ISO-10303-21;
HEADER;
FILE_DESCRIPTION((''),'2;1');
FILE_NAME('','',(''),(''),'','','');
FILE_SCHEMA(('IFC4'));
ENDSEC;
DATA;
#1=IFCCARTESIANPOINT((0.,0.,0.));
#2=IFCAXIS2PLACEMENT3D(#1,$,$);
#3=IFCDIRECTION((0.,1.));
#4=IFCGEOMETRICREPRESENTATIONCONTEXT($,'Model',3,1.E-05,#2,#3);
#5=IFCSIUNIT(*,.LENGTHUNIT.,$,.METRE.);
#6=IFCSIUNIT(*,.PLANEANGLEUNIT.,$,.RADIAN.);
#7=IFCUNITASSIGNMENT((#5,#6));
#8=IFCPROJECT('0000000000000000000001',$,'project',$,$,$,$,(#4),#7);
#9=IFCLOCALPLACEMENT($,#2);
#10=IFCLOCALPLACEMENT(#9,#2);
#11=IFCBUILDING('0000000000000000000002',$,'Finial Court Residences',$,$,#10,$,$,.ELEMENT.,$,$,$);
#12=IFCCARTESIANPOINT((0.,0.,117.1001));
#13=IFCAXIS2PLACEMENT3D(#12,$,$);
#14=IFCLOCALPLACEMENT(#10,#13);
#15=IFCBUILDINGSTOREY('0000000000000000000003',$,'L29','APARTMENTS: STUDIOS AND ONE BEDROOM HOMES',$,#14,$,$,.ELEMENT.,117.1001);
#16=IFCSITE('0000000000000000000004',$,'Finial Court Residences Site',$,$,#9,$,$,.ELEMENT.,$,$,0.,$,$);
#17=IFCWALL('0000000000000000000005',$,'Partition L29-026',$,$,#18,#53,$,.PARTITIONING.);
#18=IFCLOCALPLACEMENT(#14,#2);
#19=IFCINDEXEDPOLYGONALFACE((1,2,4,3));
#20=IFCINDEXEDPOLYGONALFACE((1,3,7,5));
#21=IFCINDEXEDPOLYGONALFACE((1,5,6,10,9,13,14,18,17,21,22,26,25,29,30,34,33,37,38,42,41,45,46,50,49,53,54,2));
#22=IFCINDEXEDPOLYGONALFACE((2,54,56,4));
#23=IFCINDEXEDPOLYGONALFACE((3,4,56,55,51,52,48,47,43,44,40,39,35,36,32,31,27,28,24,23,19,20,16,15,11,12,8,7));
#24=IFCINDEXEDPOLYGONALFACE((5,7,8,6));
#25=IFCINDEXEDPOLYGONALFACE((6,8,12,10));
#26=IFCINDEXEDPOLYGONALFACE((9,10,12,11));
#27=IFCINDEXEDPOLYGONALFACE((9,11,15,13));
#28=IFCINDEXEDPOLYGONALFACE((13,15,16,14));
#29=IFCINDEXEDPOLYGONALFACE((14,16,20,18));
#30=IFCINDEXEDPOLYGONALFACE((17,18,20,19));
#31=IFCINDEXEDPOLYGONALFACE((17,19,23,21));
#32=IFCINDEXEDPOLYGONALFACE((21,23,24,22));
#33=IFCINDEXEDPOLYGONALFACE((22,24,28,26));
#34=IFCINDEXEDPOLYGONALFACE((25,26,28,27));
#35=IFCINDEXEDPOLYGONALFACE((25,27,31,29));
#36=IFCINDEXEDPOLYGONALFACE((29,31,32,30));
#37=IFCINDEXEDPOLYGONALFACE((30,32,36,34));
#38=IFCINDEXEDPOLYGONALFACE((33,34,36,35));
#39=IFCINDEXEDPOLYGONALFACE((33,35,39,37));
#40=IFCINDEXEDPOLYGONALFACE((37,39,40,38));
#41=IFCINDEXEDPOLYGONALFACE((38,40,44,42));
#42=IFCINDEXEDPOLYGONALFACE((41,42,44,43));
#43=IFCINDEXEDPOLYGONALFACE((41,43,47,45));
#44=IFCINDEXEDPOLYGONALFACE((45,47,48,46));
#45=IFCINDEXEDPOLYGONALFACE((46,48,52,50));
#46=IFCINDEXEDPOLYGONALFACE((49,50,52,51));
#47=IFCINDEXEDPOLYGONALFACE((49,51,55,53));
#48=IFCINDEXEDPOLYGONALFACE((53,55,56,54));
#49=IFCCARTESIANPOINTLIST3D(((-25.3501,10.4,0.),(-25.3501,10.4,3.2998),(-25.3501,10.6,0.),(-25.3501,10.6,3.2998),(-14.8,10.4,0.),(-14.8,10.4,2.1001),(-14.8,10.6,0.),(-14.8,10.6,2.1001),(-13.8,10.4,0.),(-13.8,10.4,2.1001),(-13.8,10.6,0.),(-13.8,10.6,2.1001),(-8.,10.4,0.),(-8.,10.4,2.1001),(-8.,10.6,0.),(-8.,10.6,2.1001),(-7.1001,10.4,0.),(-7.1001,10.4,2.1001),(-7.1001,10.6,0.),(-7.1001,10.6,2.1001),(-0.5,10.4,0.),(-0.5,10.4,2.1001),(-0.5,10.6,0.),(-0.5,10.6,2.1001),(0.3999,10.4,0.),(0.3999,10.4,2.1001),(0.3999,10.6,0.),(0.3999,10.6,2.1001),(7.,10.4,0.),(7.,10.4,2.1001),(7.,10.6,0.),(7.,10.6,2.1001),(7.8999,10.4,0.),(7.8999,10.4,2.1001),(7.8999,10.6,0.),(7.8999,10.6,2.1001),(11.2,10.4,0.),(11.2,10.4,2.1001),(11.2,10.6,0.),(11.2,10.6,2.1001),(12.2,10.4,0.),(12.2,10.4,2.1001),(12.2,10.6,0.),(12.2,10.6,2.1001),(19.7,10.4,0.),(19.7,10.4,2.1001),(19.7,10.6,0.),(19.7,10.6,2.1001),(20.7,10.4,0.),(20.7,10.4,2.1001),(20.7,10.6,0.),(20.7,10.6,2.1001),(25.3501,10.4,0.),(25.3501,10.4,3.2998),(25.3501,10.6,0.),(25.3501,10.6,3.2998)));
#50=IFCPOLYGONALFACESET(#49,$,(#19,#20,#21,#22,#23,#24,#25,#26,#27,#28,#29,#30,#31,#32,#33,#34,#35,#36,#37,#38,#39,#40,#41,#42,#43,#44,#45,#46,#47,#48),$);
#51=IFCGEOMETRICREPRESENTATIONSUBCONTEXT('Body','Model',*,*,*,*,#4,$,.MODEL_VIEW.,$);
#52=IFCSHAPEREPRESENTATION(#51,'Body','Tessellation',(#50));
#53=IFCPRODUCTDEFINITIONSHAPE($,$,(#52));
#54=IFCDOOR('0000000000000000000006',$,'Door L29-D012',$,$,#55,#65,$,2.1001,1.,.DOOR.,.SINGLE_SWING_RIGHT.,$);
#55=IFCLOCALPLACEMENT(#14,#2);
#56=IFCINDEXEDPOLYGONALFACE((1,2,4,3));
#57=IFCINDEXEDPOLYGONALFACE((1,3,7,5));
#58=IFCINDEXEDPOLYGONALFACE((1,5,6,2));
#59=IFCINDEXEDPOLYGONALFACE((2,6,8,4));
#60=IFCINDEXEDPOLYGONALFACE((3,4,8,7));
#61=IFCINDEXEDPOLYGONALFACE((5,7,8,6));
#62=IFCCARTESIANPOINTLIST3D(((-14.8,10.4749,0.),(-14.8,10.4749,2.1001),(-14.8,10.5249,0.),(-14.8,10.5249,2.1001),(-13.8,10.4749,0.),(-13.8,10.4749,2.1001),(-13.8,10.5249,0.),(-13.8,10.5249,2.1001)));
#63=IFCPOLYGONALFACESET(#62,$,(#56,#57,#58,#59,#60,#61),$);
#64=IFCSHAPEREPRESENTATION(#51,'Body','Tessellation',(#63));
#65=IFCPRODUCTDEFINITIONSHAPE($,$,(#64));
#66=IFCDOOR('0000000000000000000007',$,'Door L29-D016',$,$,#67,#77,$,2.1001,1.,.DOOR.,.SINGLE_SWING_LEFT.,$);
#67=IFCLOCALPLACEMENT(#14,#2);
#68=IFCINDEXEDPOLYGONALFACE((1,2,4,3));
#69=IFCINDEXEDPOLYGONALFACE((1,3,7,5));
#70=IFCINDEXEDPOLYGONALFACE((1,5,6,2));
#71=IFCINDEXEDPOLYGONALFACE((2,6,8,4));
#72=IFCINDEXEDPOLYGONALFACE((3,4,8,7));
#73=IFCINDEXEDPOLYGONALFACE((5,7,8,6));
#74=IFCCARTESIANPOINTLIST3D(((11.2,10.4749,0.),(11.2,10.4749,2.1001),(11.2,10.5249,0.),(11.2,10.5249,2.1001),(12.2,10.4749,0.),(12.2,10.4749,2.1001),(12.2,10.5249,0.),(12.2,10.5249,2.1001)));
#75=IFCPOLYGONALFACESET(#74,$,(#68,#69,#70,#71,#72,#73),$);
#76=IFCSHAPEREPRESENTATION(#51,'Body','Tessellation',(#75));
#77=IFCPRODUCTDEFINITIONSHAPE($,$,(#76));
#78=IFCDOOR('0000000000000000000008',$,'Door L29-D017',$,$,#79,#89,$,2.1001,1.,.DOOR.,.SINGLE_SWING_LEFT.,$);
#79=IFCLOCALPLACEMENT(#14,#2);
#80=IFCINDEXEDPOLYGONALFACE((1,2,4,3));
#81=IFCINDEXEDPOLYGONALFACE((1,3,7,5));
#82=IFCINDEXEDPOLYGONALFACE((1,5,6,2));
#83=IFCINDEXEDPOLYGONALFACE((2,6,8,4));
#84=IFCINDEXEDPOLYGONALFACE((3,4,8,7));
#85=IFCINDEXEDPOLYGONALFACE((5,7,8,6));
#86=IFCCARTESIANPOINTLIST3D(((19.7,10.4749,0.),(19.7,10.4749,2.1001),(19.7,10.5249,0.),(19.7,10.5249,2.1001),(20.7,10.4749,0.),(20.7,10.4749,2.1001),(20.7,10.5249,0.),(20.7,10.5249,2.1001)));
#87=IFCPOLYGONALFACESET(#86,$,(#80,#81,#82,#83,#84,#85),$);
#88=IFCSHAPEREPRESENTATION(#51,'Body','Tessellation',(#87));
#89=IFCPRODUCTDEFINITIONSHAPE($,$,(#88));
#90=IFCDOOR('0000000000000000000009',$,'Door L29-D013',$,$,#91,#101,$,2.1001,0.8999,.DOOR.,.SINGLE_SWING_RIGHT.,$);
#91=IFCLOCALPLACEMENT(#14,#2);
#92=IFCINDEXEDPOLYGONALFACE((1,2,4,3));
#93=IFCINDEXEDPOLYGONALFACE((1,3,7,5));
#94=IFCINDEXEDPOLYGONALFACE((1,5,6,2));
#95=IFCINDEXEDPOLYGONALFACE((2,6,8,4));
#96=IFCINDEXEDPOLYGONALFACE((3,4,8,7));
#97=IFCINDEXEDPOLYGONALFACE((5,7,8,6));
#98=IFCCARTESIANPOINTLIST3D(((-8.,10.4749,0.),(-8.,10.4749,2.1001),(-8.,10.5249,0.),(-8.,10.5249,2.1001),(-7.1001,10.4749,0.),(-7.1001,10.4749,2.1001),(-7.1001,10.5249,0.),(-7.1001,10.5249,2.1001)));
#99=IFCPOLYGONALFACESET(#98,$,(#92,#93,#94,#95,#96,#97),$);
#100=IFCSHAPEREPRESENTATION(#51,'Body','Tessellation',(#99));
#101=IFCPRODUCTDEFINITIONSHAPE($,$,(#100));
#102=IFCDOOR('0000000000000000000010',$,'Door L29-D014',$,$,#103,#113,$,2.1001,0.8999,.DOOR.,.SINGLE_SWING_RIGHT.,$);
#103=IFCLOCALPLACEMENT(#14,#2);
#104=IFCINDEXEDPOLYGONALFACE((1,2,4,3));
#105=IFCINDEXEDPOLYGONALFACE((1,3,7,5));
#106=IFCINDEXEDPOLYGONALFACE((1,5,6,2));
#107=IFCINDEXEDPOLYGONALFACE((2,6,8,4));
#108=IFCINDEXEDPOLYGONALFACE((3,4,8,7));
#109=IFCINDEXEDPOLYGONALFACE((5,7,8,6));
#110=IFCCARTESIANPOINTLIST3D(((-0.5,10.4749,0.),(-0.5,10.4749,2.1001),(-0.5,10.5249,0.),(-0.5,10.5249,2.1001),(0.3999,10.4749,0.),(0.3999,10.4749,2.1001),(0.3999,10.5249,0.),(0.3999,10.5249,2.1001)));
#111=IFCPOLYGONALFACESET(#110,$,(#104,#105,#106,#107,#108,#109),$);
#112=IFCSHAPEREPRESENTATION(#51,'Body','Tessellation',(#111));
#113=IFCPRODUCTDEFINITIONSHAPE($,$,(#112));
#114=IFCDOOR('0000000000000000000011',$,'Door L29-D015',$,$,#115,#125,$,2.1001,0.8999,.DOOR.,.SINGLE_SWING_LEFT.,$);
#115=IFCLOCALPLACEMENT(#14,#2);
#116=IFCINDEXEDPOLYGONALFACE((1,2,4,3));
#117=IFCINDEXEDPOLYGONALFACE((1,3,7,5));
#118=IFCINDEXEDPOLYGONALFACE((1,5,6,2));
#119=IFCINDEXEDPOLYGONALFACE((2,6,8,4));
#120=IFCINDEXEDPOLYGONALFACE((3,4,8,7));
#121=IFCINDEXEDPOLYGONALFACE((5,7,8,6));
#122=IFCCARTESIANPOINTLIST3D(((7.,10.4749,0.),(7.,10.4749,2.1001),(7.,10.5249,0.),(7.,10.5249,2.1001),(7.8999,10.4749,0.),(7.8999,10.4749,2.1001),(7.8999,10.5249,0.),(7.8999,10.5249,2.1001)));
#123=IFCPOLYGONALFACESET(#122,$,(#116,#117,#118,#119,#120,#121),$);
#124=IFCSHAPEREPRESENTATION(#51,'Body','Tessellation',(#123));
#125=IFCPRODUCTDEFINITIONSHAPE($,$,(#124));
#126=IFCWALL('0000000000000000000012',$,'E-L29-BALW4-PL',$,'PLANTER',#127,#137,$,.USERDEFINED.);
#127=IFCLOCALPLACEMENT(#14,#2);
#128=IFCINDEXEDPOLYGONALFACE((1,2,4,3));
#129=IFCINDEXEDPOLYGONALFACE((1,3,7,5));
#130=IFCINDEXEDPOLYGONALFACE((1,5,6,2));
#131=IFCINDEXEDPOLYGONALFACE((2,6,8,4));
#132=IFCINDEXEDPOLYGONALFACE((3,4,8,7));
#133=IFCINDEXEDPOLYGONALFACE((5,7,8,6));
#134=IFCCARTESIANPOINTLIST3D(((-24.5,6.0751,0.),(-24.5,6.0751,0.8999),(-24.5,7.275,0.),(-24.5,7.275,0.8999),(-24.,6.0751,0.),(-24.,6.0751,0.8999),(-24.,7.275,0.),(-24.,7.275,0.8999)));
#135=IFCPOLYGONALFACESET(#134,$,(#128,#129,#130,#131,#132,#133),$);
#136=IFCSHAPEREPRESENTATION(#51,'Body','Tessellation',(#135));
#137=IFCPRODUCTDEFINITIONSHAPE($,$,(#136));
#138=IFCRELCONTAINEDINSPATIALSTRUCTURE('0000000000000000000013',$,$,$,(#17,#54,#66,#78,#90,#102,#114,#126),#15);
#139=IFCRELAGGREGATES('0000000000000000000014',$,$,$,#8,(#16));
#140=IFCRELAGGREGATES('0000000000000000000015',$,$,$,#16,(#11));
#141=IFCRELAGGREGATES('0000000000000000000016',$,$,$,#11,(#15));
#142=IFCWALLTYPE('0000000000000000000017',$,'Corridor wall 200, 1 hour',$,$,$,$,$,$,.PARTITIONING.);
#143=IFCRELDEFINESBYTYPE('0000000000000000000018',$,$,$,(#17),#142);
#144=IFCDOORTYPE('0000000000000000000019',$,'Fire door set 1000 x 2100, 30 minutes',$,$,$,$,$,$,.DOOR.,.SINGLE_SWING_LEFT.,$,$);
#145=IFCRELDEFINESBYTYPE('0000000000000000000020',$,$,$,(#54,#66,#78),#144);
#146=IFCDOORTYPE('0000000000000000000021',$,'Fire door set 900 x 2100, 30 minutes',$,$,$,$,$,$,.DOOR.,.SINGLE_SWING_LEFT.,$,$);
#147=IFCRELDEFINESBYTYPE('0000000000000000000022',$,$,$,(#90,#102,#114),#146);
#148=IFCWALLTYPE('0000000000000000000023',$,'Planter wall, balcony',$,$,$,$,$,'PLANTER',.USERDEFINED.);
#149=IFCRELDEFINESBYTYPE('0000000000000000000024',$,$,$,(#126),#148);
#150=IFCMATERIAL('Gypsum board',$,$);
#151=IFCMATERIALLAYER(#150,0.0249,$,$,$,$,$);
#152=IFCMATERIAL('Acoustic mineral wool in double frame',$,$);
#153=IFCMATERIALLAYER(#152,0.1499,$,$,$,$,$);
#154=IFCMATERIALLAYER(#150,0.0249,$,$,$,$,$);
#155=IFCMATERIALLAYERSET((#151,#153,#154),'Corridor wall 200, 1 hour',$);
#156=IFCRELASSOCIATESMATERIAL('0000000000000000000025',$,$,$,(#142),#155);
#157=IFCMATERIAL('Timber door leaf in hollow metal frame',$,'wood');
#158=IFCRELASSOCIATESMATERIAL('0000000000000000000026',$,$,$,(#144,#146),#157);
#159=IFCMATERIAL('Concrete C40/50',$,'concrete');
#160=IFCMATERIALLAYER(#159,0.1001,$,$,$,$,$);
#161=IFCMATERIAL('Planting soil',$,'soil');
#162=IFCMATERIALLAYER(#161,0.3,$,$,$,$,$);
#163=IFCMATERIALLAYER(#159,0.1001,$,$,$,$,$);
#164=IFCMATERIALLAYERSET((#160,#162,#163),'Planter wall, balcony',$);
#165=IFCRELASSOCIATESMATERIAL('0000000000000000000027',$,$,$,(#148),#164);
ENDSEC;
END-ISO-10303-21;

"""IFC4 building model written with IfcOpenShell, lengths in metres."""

from ifc_helpers import new_model, si_unit, direction, frame, frame_2d, origin, place, context, subcontext, project, spatial, rectangle, extrude, material, layer, layer_set, type_object, element, fill, save


model = new_model("IFC4")

# Units and contexts
model_context = context("Model", 3, precision=1e-05, world=origin(), true_north=direction((0.0, 1.0)))
body_context = subcontext(model_context, "Body", "Model", "MODEL_VIEW")
ifc_project = project(units=[si_unit("LENGTHUNIT", "METRE"), si_unit("PLANEANGLEUNIT", "RADIAN")], contexts=[model_context])

# Site, building, storey
site_placement = place(None, origin())
site = spatial("IfcSite", under=ifc_project, at=site_placement, Name="Finial Court Residences Site", CompositionType="ELEMENT", RefElevation=0.0)
building_placement = place(site_placement, origin())
building = spatial("IfcBuilding", under=site, at=building_placement, Name="Finial Court Residences", CompositionType="ELEMENT")
storey_placement = place(building_placement, frame((0.0, 0.0, 117.1001)))
storey = spatial("IfcBuildingStorey", under=building, at=storey_placement, Name="L29", Description="APARTMENTS: STUDIOS AND ONE BEDROOM HOMES", CompositionType="ELEMENT", Elevation=117.1001)

# Wall, openings, doors
ifc_material_1 = material(Name="Gypsum board")
ifc_layer_1 = layer(ifc_material_1, 0.0249)
ifc_material_2 = material(Name="Acoustic mineral wool in double frame")
ifc_layer_2 = layer(ifc_material_2, 0.1499)
ifc_layer_3 = layer(ifc_material_1, 0.0249)
ifc_layer_set_1 = layer_set([ifc_layer_1, ifc_layer_2, ifc_layer_3], Name="Corridor wall 200, 1 hour")
wall_type_1 = type_object("IfcWallType", Name="Corridor wall 200, 1 hour", PredefinedType="PARTITIONING", material=ifc_layer_set_1)
wall_1_placement = place(storey_placement, frame((-25.3501, 10.5, 0.0), z_axis=(0.0, 0.0, 1.0), x_axis=(1.0, 0.0, 0.0)))
wall_1 = element("IfcWall", 1, at=wall_1_placement, inside=storey, type_object=wall_type_1, Name="Partition L29-026", PredefinedType="PARTITIONING", context=body_context, shape_type="SweptSolid", body=[
    extrude(rectangle(XDim=50.7002, YDim=0.2, at=frame_2d((25.3501, 0.0))), origin(), (0.0, 0.0, 1.0), 3.2998),
])
opening_1_placement = place(wall_1_placement, frame((10.55, 0.0, 0.0)))
opening_1 = element("IfcOpeningElement", 2, at=opening_1_placement, cuts=wall_1, PredefinedType="OPENING", context=body_context, shape_type="SweptSolid", body=[
    extrude(rectangle(XDim=1.0, YDim=2.1001, at=frame_2d((0.5, 1.05))), frame((0.0, 0.1099, 0.0), z_axis=(0.0, -1.0, 0.0), x_axis=(1.0, 0.0, 0.0)), (0.0, 0.0, 1.0), 0.22),
])
opening_2_placement = place(wall_1_placement, frame((17.3501, 0.0, 0.0)))
opening_2 = element("IfcOpeningElement", 3, at=opening_2_placement, cuts=wall_1, PredefinedType="OPENING", context=body_context, shape_type="SweptSolid", body=[
    extrude(rectangle(XDim=0.8999, YDim=2.1001, at=frame_2d((0.45, 1.05))), frame((0.0, 0.1099, 0.0), z_axis=(0.0, -1.0, 0.0), x_axis=(1.0, 0.0, 0.0)), (0.0, 0.0, 1.0), 0.22),
])
opening_3_placement = place(wall_1_placement, frame((24.8501, 0.0, 0.0)))
opening_3 = element("IfcOpeningElement", 4, at=opening_3_placement, cuts=wall_1, PredefinedType="OPENING", context=body_context, shape_type="SweptSolid", body=[
    extrude(rectangle(XDim=0.8999, YDim=2.1001, at=frame_2d((0.45, 1.05))), frame((0.0, 0.1099, 0.0), z_axis=(0.0, -1.0, 0.0), x_axis=(1.0, 0.0, 0.0)), (0.0, 0.0, 1.0), 0.22),
])
opening_4_placement = place(wall_1_placement, frame((32.3501, 0.0, 0.0)))
opening_4 = element("IfcOpeningElement", 5, at=opening_4_placement, cuts=wall_1, PredefinedType="OPENING", context=body_context, shape_type="SweptSolid", body=[
    extrude(rectangle(XDim=0.8999, YDim=2.1001, at=frame_2d((0.45, 1.05))), frame((0.0, 0.1099, 0.0), z_axis=(0.0, -1.0, 0.0), x_axis=(1.0, 0.0, 0.0)), (0.0, 0.0, 1.0), 0.22),
])
opening_5_placement = place(wall_1_placement, frame((36.55, 0.0, 0.0)))
opening_5 = element("IfcOpeningElement", 6, at=opening_5_placement, cuts=wall_1, PredefinedType="OPENING", context=body_context, shape_type="SweptSolid", body=[
    extrude(rectangle(XDim=1.0, YDim=2.1001, at=frame_2d((0.5, 1.05))), frame((0.0, 0.1099, 0.0), z_axis=(0.0, -1.0, 0.0), x_axis=(1.0, 0.0, 0.0)), (0.0, 0.0, 1.0), 0.22),
])
opening_6_placement = place(wall_1_placement, frame((45.05, 0.0, 0.0)))
opening_6 = element("IfcOpeningElement", 7, at=opening_6_placement, cuts=wall_1, PredefinedType="OPENING", context=body_context, shape_type="SweptSolid", body=[
    extrude(rectangle(XDim=1.0, YDim=2.1001, at=frame_2d((0.5, 1.05))), frame((0.0, 0.1099, 0.0), z_axis=(0.0, -1.0, 0.0), x_axis=(1.0, 0.0, 0.0)), (0.0, 0.0, 1.0), 0.22),
])
ifc_material_3 = material(Name="Timber door leaf in hollow metal frame", Category="wood")
door_type_1 = type_object("IfcDoorType", Name="Fire door set 1000 x 2100, 30 minutes", OperationType="SINGLE_SWING_LEFT", PredefinedType="DOOR", material=ifc_material_3)
door_1_placement = place(opening_1_placement, origin())
door_1 = element("IfcDoor", 8, at=door_1_placement, inside=storey, type_object=door_type_1, Name="Door L29-D012", OperationType="SINGLE_SWING_RIGHT", OverallHeight=2.1001, OverallWidth=1.0, PredefinedType="DOOR", context=body_context, shape_type="SweptSolid", body=[
    extrude(rectangle(XDim=1.0, YDim=2.1001, at=frame_2d((0.5, 1.05))), frame((0.0, 0.0249, 0.0), z_axis=(0.0, -1.0, 0.0), x_axis=(1.0, 0.0, 0.0)), (0.0, 0.0, 1.0), 0.05),
])
fill(opening_1, door_1)
door_2_placement = place(opening_5_placement, origin())
door_2 = element("IfcDoor", 9, at=door_2_placement, inside=storey, type_object=door_type_1, Name="Door L29-D016", OperationType="SINGLE_SWING_LEFT", OverallHeight=2.1001, OverallWidth=1.0, PredefinedType="DOOR", context=body_context, shape_type="SweptSolid", body=[
    extrude(rectangle(XDim=1.0, YDim=2.1001, at=frame_2d((0.5, 1.05))), frame((0.0, 0.0249, 0.0), z_axis=(0.0, -1.0, 0.0), x_axis=(1.0, 0.0, 0.0)), (0.0, 0.0, 1.0), 0.05),
])
fill(opening_5, door_2)
door_3_placement = place(opening_6_placement, origin())
door_3 = element("IfcDoor", 10, at=door_3_placement, inside=storey, type_object=door_type_1, Name="Door L29-D017", OperationType="SINGLE_SWING_LEFT", OverallHeight=2.1001, OverallWidth=1.0, PredefinedType="DOOR", context=body_context, shape_type="SweptSolid", body=[
    extrude(rectangle(XDim=1.0, YDim=2.1001, at=frame_2d((0.5, 1.05))), frame((0.0, 0.0249, 0.0), z_axis=(0.0, -1.0, 0.0), x_axis=(1.0, 0.0, 0.0)), (0.0, 0.0, 1.0), 0.05),
])
fill(opening_6, door_3)
door_type_2 = type_object("IfcDoorType", Name="Fire door set 900 x 2100, 30 minutes", OperationType="SINGLE_SWING_LEFT", PredefinedType="DOOR", material=ifc_material_3)
door_4_placement = place(opening_2_placement, origin())
door_4 = element("IfcDoor", 11, at=door_4_placement, inside=storey, type_object=door_type_2, Name="Door L29-D013", OperationType="SINGLE_SWING_RIGHT", OverallHeight=2.1001, OverallWidth=0.8999, PredefinedType="DOOR", context=body_context, shape_type="SweptSolid", body=[
    extrude(rectangle(XDim=0.8999, YDim=2.1001, at=frame_2d((0.45, 1.05))), frame((0.0, 0.0249, 0.0), z_axis=(0.0, -1.0, 0.0), x_axis=(1.0, 0.0, 0.0)), (0.0, 0.0, 1.0), 0.05),
])
fill(opening_2, door_4)
door_5_placement = place(opening_3_placement, origin())
door_5 = element("IfcDoor", 12, at=door_5_placement, inside=storey, type_object=door_type_2, Name="Door L29-D014", OperationType="SINGLE_SWING_RIGHT", OverallHeight=2.1001, OverallWidth=0.8999, PredefinedType="DOOR", context=body_context, shape_type="SweptSolid", body=[
    extrude(rectangle(XDim=0.8999, YDim=2.1001, at=frame_2d((0.45, 1.05))), frame((0.0, 0.0249, 0.0), z_axis=(0.0, -1.0, 0.0), x_axis=(1.0, 0.0, 0.0)), (0.0, 0.0, 1.0), 0.05),
])
fill(opening_3, door_5)
door_6_placement = place(opening_4_placement, origin())
door_6 = element("IfcDoor", 13, at=door_6_placement, inside=storey, type_object=door_type_2, Name="Door L29-D015", OperationType="SINGLE_SWING_LEFT", OverallHeight=2.1001, OverallWidth=0.8999, PredefinedType="DOOR", context=body_context, shape_type="SweptSolid", body=[
    extrude(rectangle(XDim=0.8999, YDim=2.1001, at=frame_2d((0.45, 1.05))), frame((0.0, 0.0249, 0.0), z_axis=(0.0, -1.0, 0.0), x_axis=(1.0, 0.0, 0.0)), (0.0, 0.0, 1.0), 0.05),
])
fill(opening_4, door_6)

# Wall
ifc_material_4 = material(Name="Concrete C40/50", Category="concrete")
ifc_layer_4 = layer(ifc_material_4, 0.1001)
ifc_material_5 = material(Name="Planting soil", Category="soil")
ifc_layer_5 = layer(ifc_material_5, 0.3)
ifc_layer_6 = layer(ifc_material_4, 0.1001)
ifc_layer_set_2 = layer_set([ifc_layer_4, ifc_layer_5, ifc_layer_6], Name="Planter wall, balcony")
wall_type_2 = type_object("IfcWallType", Name="Planter wall, balcony", ElementType="PLANTER", PredefinedType="USERDEFINED", material=ifc_layer_set_2)
wall_2_placement = place(storey_placement, frame((-24.25, 6.075, 0.0), z_axis=(0.0, 0.0, 1.0), x_axis=(0.0, 1.0, 0.0)))
element("IfcWall", 14, at=wall_2_placement, inside=storey, type_object=wall_type_2, Name="E-L29-BALW4-PL", ObjectType="PLANTER", PredefinedType="USERDEFINED", context=body_context, shape_type="SweptSolid", body=[
    extrude(rectangle(XDim=1.2, YDim=0.5, at=frame_2d((0.6001, 0.0))), origin(), (0.0, 0.0, 1.0), 0.8999),
])

save(model, "model.ifc")
